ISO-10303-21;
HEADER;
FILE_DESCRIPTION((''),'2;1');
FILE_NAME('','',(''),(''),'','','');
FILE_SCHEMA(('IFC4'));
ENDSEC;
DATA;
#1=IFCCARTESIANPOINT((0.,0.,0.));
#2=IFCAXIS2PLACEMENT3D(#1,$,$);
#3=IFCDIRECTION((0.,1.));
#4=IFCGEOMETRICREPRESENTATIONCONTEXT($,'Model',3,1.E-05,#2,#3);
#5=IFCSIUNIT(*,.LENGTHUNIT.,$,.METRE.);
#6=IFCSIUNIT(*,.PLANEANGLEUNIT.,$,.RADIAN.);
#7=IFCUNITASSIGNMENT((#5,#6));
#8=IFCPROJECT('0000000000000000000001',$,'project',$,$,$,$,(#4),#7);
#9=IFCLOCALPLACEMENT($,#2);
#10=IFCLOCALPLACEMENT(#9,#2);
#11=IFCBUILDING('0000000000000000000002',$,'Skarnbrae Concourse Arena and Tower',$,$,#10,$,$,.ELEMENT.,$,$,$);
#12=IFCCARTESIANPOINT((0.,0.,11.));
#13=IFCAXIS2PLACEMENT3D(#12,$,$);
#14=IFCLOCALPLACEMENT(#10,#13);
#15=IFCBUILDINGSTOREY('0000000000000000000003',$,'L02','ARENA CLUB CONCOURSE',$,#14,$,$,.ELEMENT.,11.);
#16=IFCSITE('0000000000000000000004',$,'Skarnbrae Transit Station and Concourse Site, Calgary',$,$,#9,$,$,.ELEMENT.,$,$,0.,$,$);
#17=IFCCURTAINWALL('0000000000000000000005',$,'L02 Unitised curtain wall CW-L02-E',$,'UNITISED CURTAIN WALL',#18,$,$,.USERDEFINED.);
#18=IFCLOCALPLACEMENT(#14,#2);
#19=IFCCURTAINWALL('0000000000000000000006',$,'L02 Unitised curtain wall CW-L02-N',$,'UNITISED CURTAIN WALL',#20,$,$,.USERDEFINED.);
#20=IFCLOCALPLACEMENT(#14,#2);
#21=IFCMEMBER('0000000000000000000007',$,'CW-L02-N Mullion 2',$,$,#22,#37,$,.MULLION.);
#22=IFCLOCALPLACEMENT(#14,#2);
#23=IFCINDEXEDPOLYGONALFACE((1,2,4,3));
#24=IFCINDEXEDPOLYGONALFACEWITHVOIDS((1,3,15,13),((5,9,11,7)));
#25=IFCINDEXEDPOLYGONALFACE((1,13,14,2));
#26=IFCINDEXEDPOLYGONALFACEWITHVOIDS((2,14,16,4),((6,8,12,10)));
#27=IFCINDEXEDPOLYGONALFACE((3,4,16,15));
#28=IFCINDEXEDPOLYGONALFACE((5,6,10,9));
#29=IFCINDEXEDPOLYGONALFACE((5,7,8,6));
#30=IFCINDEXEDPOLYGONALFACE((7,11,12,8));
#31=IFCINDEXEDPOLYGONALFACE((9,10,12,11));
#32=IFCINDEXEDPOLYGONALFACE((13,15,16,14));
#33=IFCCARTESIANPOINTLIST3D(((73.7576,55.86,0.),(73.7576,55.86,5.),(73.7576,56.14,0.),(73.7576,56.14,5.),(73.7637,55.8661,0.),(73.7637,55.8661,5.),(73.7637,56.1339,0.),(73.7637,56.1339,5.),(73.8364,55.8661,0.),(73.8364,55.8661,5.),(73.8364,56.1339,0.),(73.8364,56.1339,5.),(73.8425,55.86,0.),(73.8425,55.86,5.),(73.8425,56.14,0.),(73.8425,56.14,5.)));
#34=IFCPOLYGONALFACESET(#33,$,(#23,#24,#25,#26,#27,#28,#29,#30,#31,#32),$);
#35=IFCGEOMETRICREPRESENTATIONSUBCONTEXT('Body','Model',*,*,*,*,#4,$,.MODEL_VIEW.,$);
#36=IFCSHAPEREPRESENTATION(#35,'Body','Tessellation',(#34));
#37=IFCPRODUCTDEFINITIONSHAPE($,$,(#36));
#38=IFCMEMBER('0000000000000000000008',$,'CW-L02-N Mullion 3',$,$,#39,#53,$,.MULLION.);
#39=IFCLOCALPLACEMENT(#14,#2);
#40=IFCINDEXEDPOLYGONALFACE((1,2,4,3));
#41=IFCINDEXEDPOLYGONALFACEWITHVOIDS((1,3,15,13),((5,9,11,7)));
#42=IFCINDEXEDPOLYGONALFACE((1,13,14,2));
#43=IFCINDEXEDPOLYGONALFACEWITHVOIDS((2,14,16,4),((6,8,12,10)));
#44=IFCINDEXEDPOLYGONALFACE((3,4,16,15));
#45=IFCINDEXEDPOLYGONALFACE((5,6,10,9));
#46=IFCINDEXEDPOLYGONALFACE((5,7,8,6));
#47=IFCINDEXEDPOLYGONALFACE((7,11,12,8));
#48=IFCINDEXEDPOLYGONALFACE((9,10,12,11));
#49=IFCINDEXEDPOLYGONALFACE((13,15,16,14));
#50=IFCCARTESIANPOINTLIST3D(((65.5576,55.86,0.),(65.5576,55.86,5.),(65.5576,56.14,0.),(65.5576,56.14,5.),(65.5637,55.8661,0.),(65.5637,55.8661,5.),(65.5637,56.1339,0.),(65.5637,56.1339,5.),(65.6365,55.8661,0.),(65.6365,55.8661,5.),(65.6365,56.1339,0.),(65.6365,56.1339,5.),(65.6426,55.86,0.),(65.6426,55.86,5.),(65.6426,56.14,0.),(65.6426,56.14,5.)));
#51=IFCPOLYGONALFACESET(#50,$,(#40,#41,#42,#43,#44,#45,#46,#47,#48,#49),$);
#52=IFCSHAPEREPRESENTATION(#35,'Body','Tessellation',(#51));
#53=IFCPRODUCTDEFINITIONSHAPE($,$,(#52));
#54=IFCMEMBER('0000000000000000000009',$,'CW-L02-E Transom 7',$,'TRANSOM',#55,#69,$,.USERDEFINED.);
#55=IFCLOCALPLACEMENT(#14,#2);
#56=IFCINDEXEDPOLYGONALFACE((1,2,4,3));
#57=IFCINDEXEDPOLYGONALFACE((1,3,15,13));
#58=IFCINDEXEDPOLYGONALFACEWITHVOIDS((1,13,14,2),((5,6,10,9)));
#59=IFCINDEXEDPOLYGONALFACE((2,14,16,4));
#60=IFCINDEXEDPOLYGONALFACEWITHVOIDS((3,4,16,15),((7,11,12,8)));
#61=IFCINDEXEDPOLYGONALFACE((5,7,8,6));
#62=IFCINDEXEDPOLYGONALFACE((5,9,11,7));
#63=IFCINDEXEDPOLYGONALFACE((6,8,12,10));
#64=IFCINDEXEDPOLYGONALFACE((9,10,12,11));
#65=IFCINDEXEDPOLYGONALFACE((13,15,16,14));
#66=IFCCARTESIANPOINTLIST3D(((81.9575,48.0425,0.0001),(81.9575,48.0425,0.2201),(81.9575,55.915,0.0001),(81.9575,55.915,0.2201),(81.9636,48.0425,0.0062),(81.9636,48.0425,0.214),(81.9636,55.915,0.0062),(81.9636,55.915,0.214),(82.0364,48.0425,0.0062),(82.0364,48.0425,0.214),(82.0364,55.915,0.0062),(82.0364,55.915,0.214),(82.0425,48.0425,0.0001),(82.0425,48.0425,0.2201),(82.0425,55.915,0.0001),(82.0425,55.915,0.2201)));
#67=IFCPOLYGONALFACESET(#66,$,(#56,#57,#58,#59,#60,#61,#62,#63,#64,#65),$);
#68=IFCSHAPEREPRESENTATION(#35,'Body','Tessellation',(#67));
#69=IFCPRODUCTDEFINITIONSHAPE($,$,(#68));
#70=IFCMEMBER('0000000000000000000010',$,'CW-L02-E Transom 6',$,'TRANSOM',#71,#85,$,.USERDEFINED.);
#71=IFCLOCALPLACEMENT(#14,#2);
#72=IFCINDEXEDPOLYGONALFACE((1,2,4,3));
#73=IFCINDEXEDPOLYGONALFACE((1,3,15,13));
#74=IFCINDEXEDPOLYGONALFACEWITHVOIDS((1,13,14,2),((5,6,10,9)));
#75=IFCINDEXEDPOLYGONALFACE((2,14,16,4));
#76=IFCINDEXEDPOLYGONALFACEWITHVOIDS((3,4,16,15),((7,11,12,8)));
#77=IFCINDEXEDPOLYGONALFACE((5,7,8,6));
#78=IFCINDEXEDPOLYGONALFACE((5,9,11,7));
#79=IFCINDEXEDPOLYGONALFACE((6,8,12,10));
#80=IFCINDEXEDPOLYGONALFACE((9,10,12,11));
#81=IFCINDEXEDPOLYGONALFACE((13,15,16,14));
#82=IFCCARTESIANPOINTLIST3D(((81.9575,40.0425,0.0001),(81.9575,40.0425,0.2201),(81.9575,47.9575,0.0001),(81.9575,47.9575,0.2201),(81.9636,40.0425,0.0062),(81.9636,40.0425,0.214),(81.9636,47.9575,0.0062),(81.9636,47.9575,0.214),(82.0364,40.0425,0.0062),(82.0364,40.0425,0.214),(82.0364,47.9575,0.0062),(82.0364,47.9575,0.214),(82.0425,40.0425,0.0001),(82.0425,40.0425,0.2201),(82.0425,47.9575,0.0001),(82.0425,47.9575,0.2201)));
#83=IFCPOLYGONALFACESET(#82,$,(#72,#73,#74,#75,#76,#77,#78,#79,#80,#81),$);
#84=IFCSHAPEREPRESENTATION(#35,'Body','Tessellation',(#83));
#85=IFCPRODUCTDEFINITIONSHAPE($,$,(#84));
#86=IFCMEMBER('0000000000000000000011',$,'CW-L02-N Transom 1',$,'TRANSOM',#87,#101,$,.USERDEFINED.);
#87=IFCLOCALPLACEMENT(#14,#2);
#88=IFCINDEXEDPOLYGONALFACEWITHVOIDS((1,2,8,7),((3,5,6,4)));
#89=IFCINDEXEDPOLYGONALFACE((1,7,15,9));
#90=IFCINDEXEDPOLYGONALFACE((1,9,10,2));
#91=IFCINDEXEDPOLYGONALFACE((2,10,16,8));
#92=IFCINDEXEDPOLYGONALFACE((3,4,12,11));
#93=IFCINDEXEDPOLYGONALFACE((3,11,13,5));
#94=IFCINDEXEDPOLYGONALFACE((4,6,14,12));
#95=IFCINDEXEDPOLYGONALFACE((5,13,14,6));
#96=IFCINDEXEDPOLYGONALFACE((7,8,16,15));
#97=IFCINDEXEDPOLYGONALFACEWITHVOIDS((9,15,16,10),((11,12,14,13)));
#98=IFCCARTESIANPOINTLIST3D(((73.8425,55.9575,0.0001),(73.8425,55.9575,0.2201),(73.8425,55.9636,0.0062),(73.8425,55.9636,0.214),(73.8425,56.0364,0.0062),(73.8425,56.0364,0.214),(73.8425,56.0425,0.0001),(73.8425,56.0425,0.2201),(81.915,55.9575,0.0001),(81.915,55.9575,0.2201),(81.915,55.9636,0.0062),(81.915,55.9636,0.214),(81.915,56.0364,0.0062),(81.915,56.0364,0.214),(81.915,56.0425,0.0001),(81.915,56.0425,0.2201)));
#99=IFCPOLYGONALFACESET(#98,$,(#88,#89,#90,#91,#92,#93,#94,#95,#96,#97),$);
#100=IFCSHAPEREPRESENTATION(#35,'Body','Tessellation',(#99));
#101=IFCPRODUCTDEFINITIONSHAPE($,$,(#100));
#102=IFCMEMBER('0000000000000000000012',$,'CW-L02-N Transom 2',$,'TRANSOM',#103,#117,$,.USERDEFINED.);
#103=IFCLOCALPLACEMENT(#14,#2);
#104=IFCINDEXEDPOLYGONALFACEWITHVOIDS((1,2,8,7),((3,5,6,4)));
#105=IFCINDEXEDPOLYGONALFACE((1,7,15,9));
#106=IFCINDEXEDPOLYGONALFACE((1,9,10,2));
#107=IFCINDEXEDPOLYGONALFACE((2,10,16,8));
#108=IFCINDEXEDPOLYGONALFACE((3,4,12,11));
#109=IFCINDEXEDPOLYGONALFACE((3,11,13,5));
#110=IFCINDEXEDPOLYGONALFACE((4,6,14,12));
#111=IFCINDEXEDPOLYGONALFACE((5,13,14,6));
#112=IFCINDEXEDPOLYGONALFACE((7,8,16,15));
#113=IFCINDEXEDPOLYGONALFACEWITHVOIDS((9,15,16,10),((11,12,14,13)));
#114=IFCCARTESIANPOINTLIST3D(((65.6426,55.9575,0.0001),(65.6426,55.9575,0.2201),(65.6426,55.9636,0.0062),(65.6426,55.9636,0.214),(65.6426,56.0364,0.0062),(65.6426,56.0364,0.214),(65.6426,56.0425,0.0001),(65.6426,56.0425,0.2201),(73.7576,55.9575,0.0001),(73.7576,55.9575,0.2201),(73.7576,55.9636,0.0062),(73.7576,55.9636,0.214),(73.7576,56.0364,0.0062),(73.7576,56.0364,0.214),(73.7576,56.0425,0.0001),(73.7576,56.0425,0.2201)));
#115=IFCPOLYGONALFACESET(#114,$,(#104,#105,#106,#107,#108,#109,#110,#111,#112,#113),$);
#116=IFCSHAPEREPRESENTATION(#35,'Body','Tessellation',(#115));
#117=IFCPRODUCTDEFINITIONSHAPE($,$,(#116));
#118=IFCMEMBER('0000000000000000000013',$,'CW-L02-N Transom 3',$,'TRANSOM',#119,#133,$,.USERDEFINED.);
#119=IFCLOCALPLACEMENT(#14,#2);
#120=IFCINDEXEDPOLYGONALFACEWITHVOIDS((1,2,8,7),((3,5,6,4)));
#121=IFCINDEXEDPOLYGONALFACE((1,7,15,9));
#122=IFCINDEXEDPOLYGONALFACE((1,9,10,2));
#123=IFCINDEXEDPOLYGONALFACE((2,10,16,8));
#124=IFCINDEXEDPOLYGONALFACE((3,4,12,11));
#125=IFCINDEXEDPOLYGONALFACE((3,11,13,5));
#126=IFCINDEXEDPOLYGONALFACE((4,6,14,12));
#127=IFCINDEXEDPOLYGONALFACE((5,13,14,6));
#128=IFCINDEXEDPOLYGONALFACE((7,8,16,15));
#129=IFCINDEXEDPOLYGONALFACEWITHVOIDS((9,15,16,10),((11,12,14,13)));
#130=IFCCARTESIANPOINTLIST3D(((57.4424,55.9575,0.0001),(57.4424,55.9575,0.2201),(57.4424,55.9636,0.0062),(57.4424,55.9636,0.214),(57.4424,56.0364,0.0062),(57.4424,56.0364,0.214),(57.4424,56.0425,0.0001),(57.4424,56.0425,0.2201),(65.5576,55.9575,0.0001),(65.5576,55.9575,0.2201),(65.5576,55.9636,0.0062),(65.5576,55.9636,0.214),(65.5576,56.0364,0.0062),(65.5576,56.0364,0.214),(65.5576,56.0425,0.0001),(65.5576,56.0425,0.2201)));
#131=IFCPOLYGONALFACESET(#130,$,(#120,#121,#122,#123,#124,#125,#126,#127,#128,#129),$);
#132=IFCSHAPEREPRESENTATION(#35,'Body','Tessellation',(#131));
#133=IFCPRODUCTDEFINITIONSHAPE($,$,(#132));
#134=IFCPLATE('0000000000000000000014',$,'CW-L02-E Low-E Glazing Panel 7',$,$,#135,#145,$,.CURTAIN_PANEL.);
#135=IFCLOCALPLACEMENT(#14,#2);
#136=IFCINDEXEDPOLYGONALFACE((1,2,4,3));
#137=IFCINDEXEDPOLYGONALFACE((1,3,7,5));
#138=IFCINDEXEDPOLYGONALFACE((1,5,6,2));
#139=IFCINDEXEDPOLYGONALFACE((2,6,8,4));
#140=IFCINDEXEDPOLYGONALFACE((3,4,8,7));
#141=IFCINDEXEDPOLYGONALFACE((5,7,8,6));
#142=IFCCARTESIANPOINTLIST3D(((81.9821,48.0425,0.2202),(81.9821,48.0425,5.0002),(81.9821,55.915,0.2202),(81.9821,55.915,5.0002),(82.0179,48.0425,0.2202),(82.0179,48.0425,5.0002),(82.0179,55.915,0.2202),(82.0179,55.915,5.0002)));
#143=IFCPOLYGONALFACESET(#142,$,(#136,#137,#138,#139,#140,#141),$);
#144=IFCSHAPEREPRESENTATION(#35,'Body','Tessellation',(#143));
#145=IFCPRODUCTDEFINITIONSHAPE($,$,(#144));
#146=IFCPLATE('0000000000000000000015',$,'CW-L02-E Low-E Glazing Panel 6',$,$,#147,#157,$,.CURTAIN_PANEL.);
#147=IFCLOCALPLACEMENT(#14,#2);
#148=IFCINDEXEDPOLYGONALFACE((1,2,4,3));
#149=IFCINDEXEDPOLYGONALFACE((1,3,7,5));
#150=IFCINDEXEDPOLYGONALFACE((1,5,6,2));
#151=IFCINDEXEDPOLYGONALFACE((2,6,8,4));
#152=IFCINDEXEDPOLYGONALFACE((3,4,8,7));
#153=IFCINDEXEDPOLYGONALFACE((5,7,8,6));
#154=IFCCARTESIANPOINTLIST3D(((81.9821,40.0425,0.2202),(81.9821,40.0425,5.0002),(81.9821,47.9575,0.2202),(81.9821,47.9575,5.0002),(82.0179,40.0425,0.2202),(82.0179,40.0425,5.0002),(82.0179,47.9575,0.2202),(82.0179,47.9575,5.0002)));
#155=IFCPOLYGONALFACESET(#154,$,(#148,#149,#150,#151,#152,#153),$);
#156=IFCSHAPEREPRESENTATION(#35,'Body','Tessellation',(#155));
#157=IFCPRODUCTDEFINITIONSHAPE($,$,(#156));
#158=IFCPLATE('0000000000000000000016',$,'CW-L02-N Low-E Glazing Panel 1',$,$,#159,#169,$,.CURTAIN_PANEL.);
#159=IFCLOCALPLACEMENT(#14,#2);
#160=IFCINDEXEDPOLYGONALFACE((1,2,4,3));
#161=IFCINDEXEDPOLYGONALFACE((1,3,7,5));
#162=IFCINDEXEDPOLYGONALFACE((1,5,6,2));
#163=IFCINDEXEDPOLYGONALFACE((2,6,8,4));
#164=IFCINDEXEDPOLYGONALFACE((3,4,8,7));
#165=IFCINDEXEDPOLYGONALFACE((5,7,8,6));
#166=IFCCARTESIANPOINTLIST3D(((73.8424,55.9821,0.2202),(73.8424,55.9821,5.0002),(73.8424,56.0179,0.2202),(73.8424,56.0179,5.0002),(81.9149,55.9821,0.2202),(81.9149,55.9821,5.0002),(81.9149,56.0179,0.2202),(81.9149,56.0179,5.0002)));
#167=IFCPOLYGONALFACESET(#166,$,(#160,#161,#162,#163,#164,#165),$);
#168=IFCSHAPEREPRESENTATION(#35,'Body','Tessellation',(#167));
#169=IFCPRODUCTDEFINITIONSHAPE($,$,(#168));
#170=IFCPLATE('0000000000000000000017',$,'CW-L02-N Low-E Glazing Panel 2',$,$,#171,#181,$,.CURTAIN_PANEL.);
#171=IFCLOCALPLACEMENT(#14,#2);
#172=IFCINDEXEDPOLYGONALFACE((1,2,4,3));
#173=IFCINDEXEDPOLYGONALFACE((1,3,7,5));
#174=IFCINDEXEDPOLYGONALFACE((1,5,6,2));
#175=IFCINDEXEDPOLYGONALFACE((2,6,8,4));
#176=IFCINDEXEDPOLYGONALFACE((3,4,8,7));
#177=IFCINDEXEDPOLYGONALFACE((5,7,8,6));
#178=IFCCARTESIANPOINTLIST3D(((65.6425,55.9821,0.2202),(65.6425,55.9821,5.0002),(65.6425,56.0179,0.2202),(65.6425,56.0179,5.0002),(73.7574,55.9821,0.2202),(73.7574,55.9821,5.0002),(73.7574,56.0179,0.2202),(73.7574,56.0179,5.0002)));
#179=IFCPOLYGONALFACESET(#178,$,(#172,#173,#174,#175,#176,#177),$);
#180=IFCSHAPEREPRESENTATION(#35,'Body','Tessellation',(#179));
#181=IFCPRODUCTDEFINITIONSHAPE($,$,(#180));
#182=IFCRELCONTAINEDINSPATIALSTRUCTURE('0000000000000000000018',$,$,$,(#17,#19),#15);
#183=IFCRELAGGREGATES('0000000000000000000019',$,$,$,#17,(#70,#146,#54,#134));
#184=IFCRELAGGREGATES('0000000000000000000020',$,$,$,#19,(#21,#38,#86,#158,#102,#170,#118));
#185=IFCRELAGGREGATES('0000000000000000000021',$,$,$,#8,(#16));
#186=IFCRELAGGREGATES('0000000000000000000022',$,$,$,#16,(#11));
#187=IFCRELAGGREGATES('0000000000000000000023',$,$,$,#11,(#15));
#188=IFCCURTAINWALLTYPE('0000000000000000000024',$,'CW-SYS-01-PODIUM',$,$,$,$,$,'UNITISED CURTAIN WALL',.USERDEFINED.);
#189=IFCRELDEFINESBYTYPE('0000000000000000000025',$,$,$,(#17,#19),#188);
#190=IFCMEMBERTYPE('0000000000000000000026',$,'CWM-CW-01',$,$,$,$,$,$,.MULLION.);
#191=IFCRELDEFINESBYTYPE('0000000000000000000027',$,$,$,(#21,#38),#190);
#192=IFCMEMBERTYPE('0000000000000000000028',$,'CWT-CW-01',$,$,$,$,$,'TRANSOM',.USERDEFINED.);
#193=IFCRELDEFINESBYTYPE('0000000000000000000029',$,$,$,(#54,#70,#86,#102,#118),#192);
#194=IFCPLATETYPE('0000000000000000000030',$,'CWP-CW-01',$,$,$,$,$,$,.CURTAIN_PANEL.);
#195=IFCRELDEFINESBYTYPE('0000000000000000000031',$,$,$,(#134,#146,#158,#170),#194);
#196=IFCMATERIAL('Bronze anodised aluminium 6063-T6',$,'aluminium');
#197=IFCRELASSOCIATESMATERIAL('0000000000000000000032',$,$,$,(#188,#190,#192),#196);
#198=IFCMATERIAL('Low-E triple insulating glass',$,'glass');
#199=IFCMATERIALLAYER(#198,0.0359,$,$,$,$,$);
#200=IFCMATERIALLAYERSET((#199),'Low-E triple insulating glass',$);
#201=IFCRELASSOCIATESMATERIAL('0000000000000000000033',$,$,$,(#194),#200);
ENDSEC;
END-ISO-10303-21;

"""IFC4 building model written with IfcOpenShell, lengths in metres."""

from ifc_helpers import new_model, si_unit, direction, frame, origin, origin_2d, place, context, subcontext, project, spatial, rectangle, hollow_rectangle, extrude, source, transform, mapped, material, layer, layer_set, material_profile, profile_set, type_object, element, aggregate, save


model = new_model("IFC4")

# Units and contexts
model_context = context("Model", 3, precision=1e-05, world=origin(), true_north=direction((0.0, 1.0)))
body_context = subcontext(model_context, "Body", "Model", "MODEL_VIEW")
ifc_project = project(units=[si_unit("LENGTHUNIT", "METRE"), si_unit("PLANEANGLEUNIT", "RADIAN")], contexts=[model_context])

# Site, building, storey
site_placement = place(None, origin())
site = spatial("IfcSite", under=ifc_project, at=site_placement, Name="Skarnbrae Transit Station and Concourse Site, Calgary", CompositionType="ELEMENT", RefElevation=0.0)
building_placement = place(site_placement, origin())
building = spatial("IfcBuilding", under=site, at=building_placement, Name="Skarnbrae Concourse Arena and Tower", CompositionType="ELEMENT")
storey_placement = place(building_placement, frame((0.0, 0.0, 11.0)))
storey = spatial("IfcBuildingStorey", under=building, at=storey_placement, Name="L02", Description="ARENA CLUB CONCOURSE", CompositionType="ELEMENT", Elevation=11.0)

# Curtain walls, members
ifc_material_1 = material(Name="Bronze anodised aluminium 6063-T6", Category="aluminium")
curtain_wall_type = type_object("IfcCurtainWallType", Name="CW-SYS-01-PODIUM", ElementType="UNITISED CURTAIN WALL", PredefinedType="USERDEFINED", material=ifc_material_1)
curtain_wall_1_placement = place(storey_placement, origin())
curtain_wall_1 = element("IfcCurtainWall", 1, at=curtain_wall_1_placement, inside=storey, type_object=curtain_wall_type, Name="L02 Unitised curtain wall CW-L02-E", ObjectType="UNITISED CURTAIN WALL", PredefinedType="USERDEFINED")
ifc_material_profile_1 = material_profile(ifc_material_1, hollow_rectangle(XDim=0.085, YDim=0.28, WallThickness=0.0061, at=origin_2d()), Name="ALU-MULL-85X280")
ifc_profile_set_1 = profile_set([ifc_material_profile_1], Name="Bronze anodised aluminium 6063-T6")
member_type_1 = type_object("IfcMemberType", Name="CWM-CW-01", PredefinedType="MULLION", material=ifc_profile_set_1)
shared_shape_1 = source(origin(), body_context, "Body", "SweptSolid", [
    extrude(hollow_rectangle(XDim=0.085, YDim=0.28, WallThickness=0.0061, at=origin_2d()), origin(), (0.0, 0.0, 1.0), 5.0),
])
curtain_wall_2_placement = place(storey_placement, origin())
curtain_wall_2 = element("IfcCurtainWall", 2, at=curtain_wall_2_placement, inside=storey, type_object=curtain_wall_type, Name="L02 Unitised curtain wall CW-L02-N", ObjectType="UNITISED CURTAIN WALL", PredefinedType="USERDEFINED")
member_1_placement = place(storey_placement, frame((73.8, 56.0, 0.0), z_axis=(0.0, 0.0, 1.0), x_axis=(-1.0, 0.0, 0.0)))
member_1 = element("IfcMember", 3, at=member_1_placement, type_object=member_type_1, Name="CW-L02-N Mullion 2", PredefinedType="MULLION", context=body_context, shape_type="MappedRepresentation", body=[
    mapped(shared_shape_1, transform((0.0, 0.0, 0.0))),
])
member_2_placement = place(storey_placement, frame((65.6001, 56.0, 0.0), z_axis=(0.0, 0.0, 1.0), x_axis=(-1.0, 0.0, 0.0)))
member_2 = element("IfcMember", 4, at=member_2_placement, type_object=member_type_1, Name="CW-L02-N Mullion 3", PredefinedType="MULLION", context=body_context, shape_type="MappedRepresentation", body=[
    mapped(shared_shape_1, transform((0.0, 0.0, 0.0))),
])

# Members
ifc_material_profile_2 = material_profile(ifc_material_1, hollow_rectangle(XDim=0.085, YDim=0.22, WallThickness=0.0061, at=origin_2d()), Name="ALU-TRAN-85X220")
ifc_profile_set_2 = profile_set([ifc_material_profile_2], Name="Bronze anodised aluminium 6063-T6")
member_type_2 = type_object("IfcMemberType", Name="CWT-CW-01", ElementType="TRANSOM", PredefinedType="USERDEFINED", material=ifc_profile_set_2)
shared_shape_2 = source(origin(), body_context, "Body", "SweptSolid", [
    extrude(hollow_rectangle(XDim=0.085, YDim=0.22, WallThickness=0.0061, at=origin_2d()), origin(), (0.0, 0.0, 1.0), 7.8726),
])
member_3_placement = place(storey_placement, frame((82.0, 48.0425, 0.1101), z_axis=(0.0, 1.0, 0.0), x_axis=(-1.0, 0.0, 0.0)))
member_3 = element("IfcMember", 5, at=member_3_placement, type_object=member_type_2, Name="CW-L02-E Transom 7", ObjectType="TRANSOM", PredefinedType="USERDEFINED", context=body_context, shape_type="MappedRepresentation", body=[
    mapped(shared_shape_2, transform((0.0, 0.0, 0.0))),
])
shared_shape_3 = source(origin(), body_context, "Body", "SweptSolid", [
    extrude(hollow_rectangle(XDim=0.085, YDim=0.22, WallThickness=0.0061, at=origin_2d()), origin(), (0.0, 0.0, 1.0), 7.915),
])
member_4_placement = place(storey_placement, frame((82.0, 40.0425, 0.1101), z_axis=(0.0, 1.0, 0.0), x_axis=(-1.0, 0.0, 0.0)))
member_4 = element("IfcMember", 6, at=member_4_placement, type_object=member_type_2, Name="CW-L02-E Transom 6", ObjectType="TRANSOM", PredefinedType="USERDEFINED", context=body_context, shape_type="MappedRepresentation", body=[
    mapped(shared_shape_3, transform((0.0, 0.0, 0.0))),
])
shared_shape_4 = source(origin(), body_context, "Body", "SweptSolid", [
    extrude(hollow_rectangle(XDim=0.085, YDim=0.22, WallThickness=0.0061, at=origin_2d()), origin(), (0.0, 0.0, 1.0), 8.0725),
])
member_5_placement = place(storey_placement, frame((81.915, 56.0, 0.1101), z_axis=(-1.0, 0.0, 0.0), x_axis=(0.0, -1.0, 0.0)))
member_5 = element("IfcMember", 7, at=member_5_placement, type_object=member_type_2, Name="CW-L02-N Transom 1", ObjectType="TRANSOM", PredefinedType="USERDEFINED", context=body_context, shape_type="MappedRepresentation", body=[
    mapped(shared_shape_4, transform((0.0, 0.0, 0.0))),
])
shared_shape_5 = source(origin(), body_context, "Body", "SweptSolid", [
    extrude(hollow_rectangle(XDim=0.085, YDim=0.22, WallThickness=0.0061, at=origin_2d()), origin(), (0.0, 0.0, 1.0), 8.115),
])
member_6_placement = place(storey_placement, frame((73.7576, 56.0, 0.1101), z_axis=(-1.0, 0.0, 0.0), x_axis=(0.0, -1.0, 0.0)))
member_6 = element("IfcMember", 8, at=member_6_placement, type_object=member_type_2, Name="CW-L02-N Transom 2", ObjectType="TRANSOM", PredefinedType="USERDEFINED", context=body_context, shape_type="MappedRepresentation", body=[
    mapped(shared_shape_5, transform((0.0, 0.0, 0.0))),
])
shared_shape_6 = source(origin(), body_context, "Body", "SweptSolid", [
    extrude(hollow_rectangle(XDim=0.085, YDim=0.22, WallThickness=0.0061, at=origin_2d()), origin(), (0.0, 0.0, 1.0), 8.1152),
])
member_7_placement = place(storey_placement, frame((65.5576, 56.0, 0.1101), z_axis=(-1.0, 0.0, 0.0), x_axis=(0.0, -1.0, 0.0)))
member_7 = element("IfcMember", 9, at=member_7_placement, type_object=member_type_2, Name="CW-L02-N Transom 3", ObjectType="TRANSOM", PredefinedType="USERDEFINED", context=body_context, shape_type="MappedRepresentation", body=[
    mapped(shared_shape_6, transform((0.0, 0.0, 0.0))),
])

# Plates
ifc_material_2 = material(Name="Low-E triple insulating glass", Category="glass")
ifc_layer_1 = layer(ifc_material_2, 0.0359)
ifc_layer_set_1 = layer_set([ifc_layer_1], Name="Low-E triple insulating glass")
plate_type = type_object("IfcPlateType", Name="CWP-CW-01", PredefinedType="CURTAIN_PANEL", material=ifc_layer_set_1)
shared_shape_7 = source(origin(), body_context, "Body", "SweptSolid", [
    extrude(rectangle(XDim=7.8726, YDim=0.0359, at=origin_2d()), origin(), (0.0, 0.0, 1.0), 4.78),
])
plate_1_placement = place(storey_placement, frame((82.0, 51.9788, 0.2202), z_axis=(0.0, 0.0, 1.0), x_axis=(0.0, 1.0, 0.0)))
plate_1 = element("IfcPlate", 10, at=plate_1_placement, type_object=plate_type, Name="CW-L02-E Low-E Glazing Panel 7", PredefinedType="CURTAIN_PANEL", context=body_context, shape_type="MappedRepresentation", body=[
    mapped(shared_shape_7, transform((0.0, 0.0, 0.0))),
])
shared_shape_8 = source(origin(), body_context, "Body", "SweptSolid", [
    extrude(rectangle(XDim=7.915, YDim=0.0359, at=origin_2d()), origin(), (0.0, 0.0, 1.0), 4.78),
])
plate_2_placement = place(storey_placement, frame((82.0, 44.0, 0.2202), z_axis=(0.0, 0.0, 1.0), x_axis=(0.0, 1.0, 0.0)))
plate_2 = element("IfcPlate", 11, at=plate_2_placement, type_object=plate_type, Name="CW-L02-E Low-E Glazing Panel 6", PredefinedType="CURTAIN_PANEL", context=body_context, shape_type="MappedRepresentation", body=[
    mapped(shared_shape_8, transform((0.0, 0.0, 0.0))),
])
aggregate(curtain_wall_1, [member_4, plate_2, member_3, plate_1])
shared_shape_9 = source(origin(), body_context, "Body", "SweptSolid", [
    extrude(rectangle(XDim=8.0725, YDim=0.0359, at=origin_2d()), origin(), (0.0, 0.0, 1.0), 4.78),
])
plate_3_placement = place(storey_placement, frame((77.8787, 56.0, 0.2202), z_axis=(0.0, 0.0, 1.0), x_axis=(-1.0, 0.0, 0.0)))
plate_3 = element("IfcPlate", 12, at=plate_3_placement, type_object=plate_type, Name="CW-L02-N Low-E Glazing Panel 1", PredefinedType="CURTAIN_PANEL", context=body_context, shape_type="MappedRepresentation", body=[
    mapped(shared_shape_9, transform((0.0, 0.0, 0.0))),
])
shared_shape_10 = source(origin(), body_context, "Body", "SweptSolid", [
    extrude(rectangle(XDim=8.115, YDim=0.0359, at=origin_2d()), origin(), (0.0, 0.0, 1.0), 4.78),
])
plate_4_placement = place(storey_placement, frame((69.7, 56.0, 0.2202), z_axis=(0.0, 0.0, 1.0), x_axis=(-1.0, 0.0, 0.0)))
plate_4 = element("IfcPlate", 13, at=plate_4_placement, type_object=plate_type, Name="CW-L02-N Low-E Glazing Panel 2", PredefinedType="CURTAIN_PANEL", context=body_context, shape_type="MappedRepresentation", body=[
    mapped(shared_shape_10, transform((0.0, 0.0, 0.0))),
])
aggregate(curtain_wall_2, [member_1, member_2, member_5, plate_3, member_6, plate_4, member_7])

save(model, "model.ifc")
